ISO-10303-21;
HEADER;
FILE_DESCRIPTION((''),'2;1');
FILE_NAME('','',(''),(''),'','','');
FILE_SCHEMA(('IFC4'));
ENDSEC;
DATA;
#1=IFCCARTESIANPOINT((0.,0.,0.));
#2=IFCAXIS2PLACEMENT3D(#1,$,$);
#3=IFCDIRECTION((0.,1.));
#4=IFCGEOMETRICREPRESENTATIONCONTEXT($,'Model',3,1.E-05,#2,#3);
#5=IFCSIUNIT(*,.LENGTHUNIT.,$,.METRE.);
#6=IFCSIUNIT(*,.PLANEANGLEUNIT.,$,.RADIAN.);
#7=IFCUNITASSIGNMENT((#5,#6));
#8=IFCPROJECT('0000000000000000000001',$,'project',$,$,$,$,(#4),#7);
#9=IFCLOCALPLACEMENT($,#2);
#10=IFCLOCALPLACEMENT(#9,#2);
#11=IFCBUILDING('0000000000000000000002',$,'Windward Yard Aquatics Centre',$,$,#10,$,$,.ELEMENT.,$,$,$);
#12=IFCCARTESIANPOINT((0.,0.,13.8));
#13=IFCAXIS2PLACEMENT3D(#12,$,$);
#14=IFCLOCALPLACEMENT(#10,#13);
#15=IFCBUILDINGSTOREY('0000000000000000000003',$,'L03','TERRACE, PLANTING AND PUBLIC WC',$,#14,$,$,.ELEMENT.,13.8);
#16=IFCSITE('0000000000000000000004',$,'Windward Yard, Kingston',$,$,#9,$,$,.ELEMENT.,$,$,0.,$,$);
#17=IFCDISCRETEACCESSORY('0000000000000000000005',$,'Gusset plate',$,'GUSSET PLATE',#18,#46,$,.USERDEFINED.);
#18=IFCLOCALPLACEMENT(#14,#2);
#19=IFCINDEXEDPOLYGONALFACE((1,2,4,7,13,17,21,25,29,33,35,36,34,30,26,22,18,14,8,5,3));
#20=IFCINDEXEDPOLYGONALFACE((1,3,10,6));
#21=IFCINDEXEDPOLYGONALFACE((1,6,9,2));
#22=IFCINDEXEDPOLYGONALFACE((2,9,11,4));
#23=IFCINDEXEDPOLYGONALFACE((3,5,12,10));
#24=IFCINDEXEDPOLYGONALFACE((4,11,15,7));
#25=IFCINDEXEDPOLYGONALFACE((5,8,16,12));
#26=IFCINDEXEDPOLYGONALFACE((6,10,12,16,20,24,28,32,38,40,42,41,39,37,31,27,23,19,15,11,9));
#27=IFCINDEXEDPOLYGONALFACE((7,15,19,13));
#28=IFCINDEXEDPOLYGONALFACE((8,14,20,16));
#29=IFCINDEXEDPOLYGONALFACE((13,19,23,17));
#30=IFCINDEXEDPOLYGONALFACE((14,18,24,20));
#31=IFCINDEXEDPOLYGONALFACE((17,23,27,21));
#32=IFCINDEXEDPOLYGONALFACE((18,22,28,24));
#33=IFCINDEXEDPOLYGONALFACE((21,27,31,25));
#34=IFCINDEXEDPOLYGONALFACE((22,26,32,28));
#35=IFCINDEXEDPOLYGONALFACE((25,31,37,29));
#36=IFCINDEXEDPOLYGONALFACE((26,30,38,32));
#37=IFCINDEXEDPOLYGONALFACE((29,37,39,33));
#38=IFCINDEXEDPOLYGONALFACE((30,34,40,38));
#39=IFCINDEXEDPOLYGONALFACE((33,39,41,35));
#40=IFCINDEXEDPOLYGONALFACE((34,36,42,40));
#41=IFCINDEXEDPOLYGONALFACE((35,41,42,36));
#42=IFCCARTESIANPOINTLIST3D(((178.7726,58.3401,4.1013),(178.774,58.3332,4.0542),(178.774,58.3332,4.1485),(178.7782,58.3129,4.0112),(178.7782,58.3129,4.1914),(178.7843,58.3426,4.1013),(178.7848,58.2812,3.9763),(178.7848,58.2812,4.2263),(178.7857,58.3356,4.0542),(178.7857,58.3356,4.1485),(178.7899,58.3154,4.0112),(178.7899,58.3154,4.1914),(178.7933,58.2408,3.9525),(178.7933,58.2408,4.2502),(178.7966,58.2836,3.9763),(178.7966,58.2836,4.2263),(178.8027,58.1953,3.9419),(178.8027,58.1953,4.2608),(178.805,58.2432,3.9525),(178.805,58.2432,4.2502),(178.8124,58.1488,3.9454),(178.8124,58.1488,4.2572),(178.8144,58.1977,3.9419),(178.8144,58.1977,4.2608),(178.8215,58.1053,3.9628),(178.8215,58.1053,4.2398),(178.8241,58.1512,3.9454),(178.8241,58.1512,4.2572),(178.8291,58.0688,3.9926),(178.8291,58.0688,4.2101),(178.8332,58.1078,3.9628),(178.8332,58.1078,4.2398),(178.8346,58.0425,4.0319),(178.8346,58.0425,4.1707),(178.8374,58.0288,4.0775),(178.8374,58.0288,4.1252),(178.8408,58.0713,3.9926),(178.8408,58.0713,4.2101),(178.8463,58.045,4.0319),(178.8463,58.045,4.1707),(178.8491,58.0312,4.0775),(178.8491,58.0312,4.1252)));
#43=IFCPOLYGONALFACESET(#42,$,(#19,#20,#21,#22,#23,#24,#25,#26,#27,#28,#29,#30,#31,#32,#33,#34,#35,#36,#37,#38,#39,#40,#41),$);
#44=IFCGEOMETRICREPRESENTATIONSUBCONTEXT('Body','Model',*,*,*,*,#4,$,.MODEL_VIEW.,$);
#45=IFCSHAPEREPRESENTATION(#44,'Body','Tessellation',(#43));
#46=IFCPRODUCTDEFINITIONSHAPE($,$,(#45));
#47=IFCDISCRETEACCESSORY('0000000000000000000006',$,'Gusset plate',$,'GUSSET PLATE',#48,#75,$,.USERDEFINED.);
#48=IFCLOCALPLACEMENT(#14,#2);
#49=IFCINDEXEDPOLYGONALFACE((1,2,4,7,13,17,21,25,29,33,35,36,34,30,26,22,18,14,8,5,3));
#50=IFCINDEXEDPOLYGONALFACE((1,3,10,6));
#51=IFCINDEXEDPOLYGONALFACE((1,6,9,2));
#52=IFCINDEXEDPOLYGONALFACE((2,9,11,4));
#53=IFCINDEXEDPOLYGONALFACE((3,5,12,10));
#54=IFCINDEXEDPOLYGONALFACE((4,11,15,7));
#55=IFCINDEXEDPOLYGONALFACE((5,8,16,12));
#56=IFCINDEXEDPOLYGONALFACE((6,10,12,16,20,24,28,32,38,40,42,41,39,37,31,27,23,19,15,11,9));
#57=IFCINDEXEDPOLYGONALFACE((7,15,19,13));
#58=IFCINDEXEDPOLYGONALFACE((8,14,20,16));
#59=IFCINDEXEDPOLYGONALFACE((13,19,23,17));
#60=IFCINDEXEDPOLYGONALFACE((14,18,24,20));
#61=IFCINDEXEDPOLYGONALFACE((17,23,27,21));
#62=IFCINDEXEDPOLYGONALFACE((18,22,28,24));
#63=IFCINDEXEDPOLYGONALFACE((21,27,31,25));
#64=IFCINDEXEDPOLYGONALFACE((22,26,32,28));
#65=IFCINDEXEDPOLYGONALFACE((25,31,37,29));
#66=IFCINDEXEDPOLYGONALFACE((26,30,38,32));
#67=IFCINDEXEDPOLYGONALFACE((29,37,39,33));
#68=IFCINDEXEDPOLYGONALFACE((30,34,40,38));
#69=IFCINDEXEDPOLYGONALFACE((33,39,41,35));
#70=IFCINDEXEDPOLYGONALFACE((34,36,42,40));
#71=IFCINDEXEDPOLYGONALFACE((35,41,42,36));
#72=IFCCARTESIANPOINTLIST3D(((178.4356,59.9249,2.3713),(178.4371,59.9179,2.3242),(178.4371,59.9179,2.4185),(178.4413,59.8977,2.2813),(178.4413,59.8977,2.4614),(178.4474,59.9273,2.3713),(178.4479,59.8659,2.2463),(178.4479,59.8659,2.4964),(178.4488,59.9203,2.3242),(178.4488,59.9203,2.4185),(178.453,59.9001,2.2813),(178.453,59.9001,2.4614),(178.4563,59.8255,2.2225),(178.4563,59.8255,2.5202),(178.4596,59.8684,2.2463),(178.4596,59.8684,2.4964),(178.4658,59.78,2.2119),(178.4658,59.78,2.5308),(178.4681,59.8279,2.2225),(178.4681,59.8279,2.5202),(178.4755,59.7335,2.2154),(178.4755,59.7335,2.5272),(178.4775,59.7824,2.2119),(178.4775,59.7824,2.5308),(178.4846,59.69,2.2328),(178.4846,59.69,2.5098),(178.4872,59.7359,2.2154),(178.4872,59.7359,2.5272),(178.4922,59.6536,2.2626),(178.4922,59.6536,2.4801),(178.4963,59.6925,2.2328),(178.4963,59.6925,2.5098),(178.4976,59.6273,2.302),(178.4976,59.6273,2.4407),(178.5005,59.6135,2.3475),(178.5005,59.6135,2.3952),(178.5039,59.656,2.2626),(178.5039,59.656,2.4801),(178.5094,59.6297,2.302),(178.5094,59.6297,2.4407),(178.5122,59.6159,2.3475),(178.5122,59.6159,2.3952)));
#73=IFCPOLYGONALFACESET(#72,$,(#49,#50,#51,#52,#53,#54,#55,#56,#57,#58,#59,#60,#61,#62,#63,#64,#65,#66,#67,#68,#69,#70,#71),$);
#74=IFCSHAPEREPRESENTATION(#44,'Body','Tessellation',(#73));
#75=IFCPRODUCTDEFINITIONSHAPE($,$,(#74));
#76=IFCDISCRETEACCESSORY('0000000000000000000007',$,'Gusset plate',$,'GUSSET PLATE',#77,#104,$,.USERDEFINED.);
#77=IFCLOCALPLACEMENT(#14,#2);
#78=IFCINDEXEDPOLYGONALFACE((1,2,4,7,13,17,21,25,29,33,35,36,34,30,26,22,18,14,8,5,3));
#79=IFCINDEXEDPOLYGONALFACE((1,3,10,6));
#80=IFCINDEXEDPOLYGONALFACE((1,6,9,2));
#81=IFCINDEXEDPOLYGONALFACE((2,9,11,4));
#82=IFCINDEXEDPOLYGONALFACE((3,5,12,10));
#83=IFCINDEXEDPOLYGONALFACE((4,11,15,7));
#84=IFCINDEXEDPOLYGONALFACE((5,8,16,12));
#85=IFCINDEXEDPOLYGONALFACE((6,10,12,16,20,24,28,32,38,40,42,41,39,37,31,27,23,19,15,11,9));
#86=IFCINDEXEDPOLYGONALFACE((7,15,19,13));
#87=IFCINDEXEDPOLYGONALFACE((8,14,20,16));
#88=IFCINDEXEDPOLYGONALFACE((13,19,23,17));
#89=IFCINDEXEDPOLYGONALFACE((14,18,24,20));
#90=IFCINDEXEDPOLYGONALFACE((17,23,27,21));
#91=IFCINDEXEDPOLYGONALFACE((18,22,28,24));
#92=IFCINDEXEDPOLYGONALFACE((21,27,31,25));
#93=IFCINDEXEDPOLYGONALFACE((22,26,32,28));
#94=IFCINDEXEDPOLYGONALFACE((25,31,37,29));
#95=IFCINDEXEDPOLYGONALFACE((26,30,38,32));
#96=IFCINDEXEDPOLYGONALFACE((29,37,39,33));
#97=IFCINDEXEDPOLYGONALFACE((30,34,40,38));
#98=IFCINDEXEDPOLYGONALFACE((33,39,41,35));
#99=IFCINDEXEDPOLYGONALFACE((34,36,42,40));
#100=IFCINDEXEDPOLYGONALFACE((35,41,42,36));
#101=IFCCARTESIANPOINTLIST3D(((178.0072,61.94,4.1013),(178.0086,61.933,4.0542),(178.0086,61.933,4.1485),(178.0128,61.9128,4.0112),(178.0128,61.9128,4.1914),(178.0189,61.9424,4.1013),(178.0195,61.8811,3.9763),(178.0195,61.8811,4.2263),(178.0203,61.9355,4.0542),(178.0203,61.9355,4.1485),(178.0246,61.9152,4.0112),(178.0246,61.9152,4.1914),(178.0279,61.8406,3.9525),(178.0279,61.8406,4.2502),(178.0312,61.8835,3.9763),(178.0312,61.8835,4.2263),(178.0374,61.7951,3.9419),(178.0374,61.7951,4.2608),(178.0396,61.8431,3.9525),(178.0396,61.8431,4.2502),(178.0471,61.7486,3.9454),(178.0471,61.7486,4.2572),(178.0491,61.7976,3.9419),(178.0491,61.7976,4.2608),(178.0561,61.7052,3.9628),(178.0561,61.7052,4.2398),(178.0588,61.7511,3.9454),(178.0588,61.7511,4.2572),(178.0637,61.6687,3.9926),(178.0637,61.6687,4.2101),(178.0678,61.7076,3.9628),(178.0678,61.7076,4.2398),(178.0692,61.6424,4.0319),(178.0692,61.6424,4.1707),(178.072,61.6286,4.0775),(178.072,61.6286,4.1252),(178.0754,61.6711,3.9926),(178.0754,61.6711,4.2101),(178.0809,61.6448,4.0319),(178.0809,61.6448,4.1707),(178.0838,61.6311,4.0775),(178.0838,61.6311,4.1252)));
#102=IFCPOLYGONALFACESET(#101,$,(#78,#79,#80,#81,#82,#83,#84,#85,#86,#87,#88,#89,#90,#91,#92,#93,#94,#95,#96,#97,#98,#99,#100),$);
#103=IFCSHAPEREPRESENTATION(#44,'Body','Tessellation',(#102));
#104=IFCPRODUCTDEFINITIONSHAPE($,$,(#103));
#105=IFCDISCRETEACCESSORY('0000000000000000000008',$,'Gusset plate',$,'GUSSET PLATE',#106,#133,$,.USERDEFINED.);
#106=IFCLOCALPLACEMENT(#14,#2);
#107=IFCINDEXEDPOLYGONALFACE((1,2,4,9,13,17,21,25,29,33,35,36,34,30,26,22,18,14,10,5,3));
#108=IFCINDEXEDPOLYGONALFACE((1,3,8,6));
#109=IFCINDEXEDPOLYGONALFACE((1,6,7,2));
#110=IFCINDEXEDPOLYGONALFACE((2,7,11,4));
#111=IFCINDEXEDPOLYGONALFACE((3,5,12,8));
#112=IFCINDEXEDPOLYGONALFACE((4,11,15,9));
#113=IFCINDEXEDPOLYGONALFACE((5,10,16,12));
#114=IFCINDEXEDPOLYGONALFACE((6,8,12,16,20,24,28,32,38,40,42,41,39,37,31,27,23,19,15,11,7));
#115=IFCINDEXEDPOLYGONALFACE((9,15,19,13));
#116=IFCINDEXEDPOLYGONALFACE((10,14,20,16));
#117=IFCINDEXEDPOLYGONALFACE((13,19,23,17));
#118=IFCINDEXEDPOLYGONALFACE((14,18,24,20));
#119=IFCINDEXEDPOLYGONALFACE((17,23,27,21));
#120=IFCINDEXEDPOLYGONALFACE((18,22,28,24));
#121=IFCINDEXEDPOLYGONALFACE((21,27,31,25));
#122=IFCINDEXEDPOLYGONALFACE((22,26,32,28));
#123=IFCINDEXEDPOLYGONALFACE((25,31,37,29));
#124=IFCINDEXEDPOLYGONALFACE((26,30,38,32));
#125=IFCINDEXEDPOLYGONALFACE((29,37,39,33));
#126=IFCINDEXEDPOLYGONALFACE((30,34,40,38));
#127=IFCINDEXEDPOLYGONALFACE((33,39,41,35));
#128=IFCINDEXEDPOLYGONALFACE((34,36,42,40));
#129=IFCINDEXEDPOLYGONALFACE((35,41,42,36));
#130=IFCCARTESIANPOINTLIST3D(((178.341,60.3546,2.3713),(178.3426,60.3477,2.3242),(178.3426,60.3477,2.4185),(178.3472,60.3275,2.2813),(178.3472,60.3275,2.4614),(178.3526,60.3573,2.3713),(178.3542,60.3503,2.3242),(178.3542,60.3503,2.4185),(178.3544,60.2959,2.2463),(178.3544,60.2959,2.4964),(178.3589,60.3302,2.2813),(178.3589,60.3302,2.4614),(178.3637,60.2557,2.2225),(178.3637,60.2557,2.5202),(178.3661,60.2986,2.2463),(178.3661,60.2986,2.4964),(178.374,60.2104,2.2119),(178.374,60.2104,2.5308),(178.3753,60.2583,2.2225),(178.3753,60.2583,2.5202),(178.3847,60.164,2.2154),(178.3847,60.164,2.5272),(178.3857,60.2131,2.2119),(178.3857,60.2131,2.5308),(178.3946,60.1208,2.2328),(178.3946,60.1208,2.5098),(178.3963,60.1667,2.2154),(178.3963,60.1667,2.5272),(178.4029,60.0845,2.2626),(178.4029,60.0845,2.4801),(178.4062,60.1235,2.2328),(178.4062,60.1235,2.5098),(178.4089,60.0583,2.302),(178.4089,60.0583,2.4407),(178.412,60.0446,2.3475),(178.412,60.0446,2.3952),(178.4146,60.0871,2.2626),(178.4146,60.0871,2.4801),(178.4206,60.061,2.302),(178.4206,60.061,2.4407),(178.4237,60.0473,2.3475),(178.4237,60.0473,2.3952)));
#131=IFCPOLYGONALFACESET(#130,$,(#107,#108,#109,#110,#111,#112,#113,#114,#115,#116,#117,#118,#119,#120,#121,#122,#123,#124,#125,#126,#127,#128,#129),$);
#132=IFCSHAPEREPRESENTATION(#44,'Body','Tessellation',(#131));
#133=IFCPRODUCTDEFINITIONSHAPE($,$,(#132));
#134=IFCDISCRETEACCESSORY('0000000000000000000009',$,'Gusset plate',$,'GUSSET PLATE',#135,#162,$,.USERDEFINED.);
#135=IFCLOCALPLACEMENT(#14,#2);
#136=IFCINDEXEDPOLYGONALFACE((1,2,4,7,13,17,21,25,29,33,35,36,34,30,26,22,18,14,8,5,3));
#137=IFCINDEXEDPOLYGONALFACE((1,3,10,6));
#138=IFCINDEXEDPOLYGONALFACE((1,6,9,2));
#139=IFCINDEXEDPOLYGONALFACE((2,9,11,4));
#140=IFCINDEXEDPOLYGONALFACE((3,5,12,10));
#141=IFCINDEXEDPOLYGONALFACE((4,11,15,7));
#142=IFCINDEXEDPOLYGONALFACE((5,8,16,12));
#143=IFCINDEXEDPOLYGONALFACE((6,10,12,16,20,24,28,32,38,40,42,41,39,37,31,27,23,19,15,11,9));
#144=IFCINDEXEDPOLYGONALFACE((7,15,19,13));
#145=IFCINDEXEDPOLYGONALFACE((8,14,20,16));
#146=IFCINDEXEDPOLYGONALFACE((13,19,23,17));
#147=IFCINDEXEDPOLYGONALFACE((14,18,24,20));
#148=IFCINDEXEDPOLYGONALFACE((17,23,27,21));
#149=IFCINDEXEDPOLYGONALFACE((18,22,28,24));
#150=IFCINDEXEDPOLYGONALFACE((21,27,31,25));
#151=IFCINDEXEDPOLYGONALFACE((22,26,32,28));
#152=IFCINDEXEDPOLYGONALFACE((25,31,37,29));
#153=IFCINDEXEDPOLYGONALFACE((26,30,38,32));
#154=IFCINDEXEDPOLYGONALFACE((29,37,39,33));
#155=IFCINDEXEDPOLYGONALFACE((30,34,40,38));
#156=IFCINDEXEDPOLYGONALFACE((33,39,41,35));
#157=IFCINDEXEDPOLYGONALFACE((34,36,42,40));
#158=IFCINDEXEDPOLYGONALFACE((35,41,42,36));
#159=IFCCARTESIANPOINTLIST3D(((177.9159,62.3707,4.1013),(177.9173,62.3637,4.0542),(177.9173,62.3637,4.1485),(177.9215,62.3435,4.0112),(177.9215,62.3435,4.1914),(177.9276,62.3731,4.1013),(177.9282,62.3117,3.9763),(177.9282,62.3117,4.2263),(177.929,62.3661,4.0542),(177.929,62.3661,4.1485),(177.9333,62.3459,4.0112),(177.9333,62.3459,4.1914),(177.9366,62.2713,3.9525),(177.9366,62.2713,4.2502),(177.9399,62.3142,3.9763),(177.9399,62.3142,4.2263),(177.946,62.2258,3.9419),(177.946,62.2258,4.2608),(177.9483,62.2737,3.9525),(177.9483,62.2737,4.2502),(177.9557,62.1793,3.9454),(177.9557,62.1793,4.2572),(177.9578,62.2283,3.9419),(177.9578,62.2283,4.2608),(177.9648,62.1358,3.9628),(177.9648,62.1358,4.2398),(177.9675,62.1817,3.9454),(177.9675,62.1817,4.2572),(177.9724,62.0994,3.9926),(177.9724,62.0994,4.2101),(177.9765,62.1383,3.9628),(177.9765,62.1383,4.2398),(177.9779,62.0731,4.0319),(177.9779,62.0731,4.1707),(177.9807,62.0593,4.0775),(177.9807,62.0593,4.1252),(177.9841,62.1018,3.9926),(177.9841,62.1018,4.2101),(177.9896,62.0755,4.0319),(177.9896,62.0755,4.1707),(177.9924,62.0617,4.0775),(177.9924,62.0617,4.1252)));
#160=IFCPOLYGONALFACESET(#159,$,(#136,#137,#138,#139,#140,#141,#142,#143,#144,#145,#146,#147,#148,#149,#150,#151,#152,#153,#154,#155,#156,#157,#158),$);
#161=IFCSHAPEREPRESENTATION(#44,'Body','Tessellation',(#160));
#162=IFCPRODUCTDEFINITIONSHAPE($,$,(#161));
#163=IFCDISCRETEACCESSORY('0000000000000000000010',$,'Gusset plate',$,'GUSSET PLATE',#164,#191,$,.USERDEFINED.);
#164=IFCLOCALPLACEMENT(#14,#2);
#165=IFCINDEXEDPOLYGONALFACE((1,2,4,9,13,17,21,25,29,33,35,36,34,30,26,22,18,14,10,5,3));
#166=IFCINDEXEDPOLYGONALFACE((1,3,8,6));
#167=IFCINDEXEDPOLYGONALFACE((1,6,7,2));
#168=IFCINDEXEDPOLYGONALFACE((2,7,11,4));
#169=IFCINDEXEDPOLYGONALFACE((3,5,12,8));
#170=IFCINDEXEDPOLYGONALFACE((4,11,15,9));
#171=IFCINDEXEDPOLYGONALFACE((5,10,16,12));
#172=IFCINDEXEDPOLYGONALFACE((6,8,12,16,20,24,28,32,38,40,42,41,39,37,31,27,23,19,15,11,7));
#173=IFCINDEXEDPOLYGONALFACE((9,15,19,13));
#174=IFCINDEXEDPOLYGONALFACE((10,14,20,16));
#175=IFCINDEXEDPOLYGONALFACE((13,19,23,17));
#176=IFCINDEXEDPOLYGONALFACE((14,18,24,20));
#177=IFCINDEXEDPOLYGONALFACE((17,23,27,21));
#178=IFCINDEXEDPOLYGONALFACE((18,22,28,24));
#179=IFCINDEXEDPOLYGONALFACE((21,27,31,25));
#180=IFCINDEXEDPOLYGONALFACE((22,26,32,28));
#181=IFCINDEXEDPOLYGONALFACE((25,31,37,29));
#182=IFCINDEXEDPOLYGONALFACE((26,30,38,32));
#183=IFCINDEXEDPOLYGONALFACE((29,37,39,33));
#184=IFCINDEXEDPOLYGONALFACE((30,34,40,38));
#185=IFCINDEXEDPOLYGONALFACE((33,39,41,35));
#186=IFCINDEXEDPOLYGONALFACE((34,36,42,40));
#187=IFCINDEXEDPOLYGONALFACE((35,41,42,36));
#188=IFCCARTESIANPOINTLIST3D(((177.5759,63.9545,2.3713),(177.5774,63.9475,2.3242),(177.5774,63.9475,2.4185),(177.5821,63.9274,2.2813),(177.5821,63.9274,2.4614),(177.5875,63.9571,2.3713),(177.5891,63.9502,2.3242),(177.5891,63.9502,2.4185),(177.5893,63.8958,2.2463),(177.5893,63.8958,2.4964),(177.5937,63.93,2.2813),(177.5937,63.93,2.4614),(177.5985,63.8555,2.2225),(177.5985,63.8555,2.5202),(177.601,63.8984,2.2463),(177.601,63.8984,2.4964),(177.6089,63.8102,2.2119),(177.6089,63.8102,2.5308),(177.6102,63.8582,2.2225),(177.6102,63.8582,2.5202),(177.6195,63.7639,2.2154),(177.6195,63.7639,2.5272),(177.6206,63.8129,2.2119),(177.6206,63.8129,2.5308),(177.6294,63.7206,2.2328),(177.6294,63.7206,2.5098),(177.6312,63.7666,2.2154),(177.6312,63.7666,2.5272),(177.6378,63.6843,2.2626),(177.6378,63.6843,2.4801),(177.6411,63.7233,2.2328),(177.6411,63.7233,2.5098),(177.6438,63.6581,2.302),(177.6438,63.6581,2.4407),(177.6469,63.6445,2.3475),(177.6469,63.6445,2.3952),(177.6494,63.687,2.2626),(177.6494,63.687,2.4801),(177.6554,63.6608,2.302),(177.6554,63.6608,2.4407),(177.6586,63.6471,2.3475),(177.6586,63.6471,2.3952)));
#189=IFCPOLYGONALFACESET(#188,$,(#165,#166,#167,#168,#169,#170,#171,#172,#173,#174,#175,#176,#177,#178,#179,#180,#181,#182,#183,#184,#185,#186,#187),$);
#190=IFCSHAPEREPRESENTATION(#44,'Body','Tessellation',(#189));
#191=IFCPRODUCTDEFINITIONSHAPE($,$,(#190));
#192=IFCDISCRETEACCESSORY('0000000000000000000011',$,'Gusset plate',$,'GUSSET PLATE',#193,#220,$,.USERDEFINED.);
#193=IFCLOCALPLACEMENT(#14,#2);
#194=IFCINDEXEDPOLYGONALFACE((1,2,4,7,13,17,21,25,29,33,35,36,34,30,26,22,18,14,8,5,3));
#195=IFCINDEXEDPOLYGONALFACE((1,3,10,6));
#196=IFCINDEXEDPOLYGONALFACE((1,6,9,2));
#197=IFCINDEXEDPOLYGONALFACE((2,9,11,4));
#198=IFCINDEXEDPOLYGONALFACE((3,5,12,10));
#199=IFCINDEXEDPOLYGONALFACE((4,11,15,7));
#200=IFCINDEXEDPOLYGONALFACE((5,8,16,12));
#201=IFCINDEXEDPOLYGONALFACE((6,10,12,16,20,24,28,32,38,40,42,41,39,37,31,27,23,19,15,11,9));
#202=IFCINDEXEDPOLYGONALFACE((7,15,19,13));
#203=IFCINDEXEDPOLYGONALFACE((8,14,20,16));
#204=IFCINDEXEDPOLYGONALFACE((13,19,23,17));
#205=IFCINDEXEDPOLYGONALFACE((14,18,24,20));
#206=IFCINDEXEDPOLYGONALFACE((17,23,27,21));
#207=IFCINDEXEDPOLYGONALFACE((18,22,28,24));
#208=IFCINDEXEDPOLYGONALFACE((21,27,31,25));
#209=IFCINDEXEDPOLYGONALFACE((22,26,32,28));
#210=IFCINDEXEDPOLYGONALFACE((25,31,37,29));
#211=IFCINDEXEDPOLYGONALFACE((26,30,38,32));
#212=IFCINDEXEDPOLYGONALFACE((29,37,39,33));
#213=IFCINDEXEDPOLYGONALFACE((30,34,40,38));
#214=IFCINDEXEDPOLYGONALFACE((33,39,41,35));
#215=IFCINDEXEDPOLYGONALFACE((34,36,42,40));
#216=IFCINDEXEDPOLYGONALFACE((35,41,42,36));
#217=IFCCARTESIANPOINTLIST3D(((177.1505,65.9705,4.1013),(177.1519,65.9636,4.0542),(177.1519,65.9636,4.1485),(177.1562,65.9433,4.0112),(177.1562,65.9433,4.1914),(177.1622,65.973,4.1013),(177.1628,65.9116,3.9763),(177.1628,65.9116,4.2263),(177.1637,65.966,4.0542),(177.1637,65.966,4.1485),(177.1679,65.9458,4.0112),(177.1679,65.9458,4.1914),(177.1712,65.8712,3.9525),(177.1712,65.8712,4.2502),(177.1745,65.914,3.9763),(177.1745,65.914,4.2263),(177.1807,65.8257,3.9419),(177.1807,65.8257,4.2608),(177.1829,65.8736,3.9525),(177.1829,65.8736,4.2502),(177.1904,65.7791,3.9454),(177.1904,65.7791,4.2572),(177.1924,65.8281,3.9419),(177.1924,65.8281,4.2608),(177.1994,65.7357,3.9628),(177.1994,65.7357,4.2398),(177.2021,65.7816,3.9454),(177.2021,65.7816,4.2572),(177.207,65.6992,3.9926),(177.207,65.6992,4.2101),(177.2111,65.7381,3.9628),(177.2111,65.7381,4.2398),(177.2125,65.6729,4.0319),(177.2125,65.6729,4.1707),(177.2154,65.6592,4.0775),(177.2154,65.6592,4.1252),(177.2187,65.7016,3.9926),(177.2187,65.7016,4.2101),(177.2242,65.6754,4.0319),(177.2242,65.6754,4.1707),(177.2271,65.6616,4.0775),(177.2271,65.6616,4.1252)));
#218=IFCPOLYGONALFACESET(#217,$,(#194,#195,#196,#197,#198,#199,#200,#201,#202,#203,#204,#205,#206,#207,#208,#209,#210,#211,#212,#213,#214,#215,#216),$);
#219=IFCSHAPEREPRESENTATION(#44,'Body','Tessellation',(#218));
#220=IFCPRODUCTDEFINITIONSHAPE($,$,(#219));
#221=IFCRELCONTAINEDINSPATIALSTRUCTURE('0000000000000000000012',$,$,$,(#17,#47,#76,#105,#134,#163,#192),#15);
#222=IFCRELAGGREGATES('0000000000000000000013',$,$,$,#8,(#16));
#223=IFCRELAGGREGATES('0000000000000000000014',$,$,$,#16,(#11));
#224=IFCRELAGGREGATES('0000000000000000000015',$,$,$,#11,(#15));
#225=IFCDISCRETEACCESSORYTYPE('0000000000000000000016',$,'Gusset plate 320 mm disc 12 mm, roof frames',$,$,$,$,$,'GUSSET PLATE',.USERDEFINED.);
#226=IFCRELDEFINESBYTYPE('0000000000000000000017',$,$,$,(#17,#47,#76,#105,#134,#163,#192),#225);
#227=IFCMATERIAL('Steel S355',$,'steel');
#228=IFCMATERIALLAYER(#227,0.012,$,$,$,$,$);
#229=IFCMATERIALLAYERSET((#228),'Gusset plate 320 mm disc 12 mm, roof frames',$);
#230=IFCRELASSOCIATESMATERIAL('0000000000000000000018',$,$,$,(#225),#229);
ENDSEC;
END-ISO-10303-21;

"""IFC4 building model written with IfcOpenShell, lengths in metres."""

from ifc_helpers import new_model, si_unit, direction, frame, origin, origin_2d, place, context, subcontext, project, spatial, circle, extrude, material, layer, layer_set, type_object, element, save


model = new_model("IFC4")

# Units and contexts
model_context = context("Model", 3, precision=1e-05, world=origin(), true_north=direction((0.0, 1.0)))
body_context = subcontext(model_context, "Body", "Model", "MODEL_VIEW")
ifc_project = project(units=[si_unit("LENGTHUNIT", "METRE"), si_unit("PLANEANGLEUNIT", "RADIAN")], contexts=[model_context])

# Site, building, storey
site_placement = place(None, origin())
site = spatial("IfcSite", under=ifc_project, at=site_placement, Name="Windward Yard, Kingston", CompositionType="ELEMENT", RefElevation=0.0)
building_placement = place(site_placement, origin())
building = spatial("IfcBuilding", under=site, at=building_placement, Name="Windward Yard Aquatics Centre", CompositionType="ELEMENT")
storey_placement = place(building_placement, frame((0.0, 0.0, 13.8)))
storey = spatial("IfcBuildingStorey", under=building, at=storey_placement, Name="L03", Description="TERRACE, PLANTING AND PUBLIC WC", CompositionType="ELEMENT", Elevation=13.8)

# Discrete accessories
ifc_material_1 = material(Name="Steel S355", Category="steel")
ifc_layer = layer(ifc_material_1, 0.012)
ifc_layer_set = layer_set([ifc_layer], Name="Gusset plate 320 mm disc 12 mm, roof frames")
discrete_accessory_type = type_object("IfcDiscreteAccessoryType", Name="Gusset plate 320 mm disc 12 mm, roof frames", ElementType="GUSSET PLATE", PredefinedType="USERDEFINED", material=ifc_layer_set)
for number, where, z_axis, x_axis, name in (
    (1, (178.8052, 58.1836, 4.1013), (0.97898, 0.203954, 0.0), (-0.203954, 0.97898, 0.0), "Gusset plate"),
    (2, (178.4683, 59.7683, 2.3713), (0.97898, 0.203954, 0.0), (-0.203954, 0.97898, 0.0), "Gusset plate"),
    (3, (178.0398, 61.7834, 4.1013), (0.97898, 0.203954, 0.0), (-0.203954, 0.97898, 0.0), "Gusset plate"),
    (4, (178.3767, 60.1987, 2.3713), (0.974732, 0.223376, 0.0), (-0.223376, 0.974732, 0.0), "Gusset plate"),
    (5, (177.9485, 62.2141, 4.1013), (0.97898, 0.203954, 0.0), (-0.203954, 0.97898, 0.0), "Gusset plate"),
    (6, (177.6116, 63.7986, 2.3713), (0.974732, 0.223376, 0.0), (-0.223376, 0.974732, 0.0), "Gusset plate"),
    (7, (177.1831, 65.814, 4.1013), (0.97898, 0.203954, 0.0), (-0.203954, 0.97898, 0.0), "Gusset plate"),
):
    element("IfcDiscreteAccessory", number, at=place(storey_placement, frame(where, z_axis=z_axis, x_axis=x_axis)), inside=storey, type_object=discrete_accessory_type, Name=name, ObjectType="GUSSET PLATE", PredefinedType="USERDEFINED", context=body_context, shape_type="SweptSolid", body=[
        extrude(circle(Radius=0.1599, at=origin_2d()), origin(), (0.0, 0.0, 1.0), 0.012),
    ])

save(model, "model.ifc")
